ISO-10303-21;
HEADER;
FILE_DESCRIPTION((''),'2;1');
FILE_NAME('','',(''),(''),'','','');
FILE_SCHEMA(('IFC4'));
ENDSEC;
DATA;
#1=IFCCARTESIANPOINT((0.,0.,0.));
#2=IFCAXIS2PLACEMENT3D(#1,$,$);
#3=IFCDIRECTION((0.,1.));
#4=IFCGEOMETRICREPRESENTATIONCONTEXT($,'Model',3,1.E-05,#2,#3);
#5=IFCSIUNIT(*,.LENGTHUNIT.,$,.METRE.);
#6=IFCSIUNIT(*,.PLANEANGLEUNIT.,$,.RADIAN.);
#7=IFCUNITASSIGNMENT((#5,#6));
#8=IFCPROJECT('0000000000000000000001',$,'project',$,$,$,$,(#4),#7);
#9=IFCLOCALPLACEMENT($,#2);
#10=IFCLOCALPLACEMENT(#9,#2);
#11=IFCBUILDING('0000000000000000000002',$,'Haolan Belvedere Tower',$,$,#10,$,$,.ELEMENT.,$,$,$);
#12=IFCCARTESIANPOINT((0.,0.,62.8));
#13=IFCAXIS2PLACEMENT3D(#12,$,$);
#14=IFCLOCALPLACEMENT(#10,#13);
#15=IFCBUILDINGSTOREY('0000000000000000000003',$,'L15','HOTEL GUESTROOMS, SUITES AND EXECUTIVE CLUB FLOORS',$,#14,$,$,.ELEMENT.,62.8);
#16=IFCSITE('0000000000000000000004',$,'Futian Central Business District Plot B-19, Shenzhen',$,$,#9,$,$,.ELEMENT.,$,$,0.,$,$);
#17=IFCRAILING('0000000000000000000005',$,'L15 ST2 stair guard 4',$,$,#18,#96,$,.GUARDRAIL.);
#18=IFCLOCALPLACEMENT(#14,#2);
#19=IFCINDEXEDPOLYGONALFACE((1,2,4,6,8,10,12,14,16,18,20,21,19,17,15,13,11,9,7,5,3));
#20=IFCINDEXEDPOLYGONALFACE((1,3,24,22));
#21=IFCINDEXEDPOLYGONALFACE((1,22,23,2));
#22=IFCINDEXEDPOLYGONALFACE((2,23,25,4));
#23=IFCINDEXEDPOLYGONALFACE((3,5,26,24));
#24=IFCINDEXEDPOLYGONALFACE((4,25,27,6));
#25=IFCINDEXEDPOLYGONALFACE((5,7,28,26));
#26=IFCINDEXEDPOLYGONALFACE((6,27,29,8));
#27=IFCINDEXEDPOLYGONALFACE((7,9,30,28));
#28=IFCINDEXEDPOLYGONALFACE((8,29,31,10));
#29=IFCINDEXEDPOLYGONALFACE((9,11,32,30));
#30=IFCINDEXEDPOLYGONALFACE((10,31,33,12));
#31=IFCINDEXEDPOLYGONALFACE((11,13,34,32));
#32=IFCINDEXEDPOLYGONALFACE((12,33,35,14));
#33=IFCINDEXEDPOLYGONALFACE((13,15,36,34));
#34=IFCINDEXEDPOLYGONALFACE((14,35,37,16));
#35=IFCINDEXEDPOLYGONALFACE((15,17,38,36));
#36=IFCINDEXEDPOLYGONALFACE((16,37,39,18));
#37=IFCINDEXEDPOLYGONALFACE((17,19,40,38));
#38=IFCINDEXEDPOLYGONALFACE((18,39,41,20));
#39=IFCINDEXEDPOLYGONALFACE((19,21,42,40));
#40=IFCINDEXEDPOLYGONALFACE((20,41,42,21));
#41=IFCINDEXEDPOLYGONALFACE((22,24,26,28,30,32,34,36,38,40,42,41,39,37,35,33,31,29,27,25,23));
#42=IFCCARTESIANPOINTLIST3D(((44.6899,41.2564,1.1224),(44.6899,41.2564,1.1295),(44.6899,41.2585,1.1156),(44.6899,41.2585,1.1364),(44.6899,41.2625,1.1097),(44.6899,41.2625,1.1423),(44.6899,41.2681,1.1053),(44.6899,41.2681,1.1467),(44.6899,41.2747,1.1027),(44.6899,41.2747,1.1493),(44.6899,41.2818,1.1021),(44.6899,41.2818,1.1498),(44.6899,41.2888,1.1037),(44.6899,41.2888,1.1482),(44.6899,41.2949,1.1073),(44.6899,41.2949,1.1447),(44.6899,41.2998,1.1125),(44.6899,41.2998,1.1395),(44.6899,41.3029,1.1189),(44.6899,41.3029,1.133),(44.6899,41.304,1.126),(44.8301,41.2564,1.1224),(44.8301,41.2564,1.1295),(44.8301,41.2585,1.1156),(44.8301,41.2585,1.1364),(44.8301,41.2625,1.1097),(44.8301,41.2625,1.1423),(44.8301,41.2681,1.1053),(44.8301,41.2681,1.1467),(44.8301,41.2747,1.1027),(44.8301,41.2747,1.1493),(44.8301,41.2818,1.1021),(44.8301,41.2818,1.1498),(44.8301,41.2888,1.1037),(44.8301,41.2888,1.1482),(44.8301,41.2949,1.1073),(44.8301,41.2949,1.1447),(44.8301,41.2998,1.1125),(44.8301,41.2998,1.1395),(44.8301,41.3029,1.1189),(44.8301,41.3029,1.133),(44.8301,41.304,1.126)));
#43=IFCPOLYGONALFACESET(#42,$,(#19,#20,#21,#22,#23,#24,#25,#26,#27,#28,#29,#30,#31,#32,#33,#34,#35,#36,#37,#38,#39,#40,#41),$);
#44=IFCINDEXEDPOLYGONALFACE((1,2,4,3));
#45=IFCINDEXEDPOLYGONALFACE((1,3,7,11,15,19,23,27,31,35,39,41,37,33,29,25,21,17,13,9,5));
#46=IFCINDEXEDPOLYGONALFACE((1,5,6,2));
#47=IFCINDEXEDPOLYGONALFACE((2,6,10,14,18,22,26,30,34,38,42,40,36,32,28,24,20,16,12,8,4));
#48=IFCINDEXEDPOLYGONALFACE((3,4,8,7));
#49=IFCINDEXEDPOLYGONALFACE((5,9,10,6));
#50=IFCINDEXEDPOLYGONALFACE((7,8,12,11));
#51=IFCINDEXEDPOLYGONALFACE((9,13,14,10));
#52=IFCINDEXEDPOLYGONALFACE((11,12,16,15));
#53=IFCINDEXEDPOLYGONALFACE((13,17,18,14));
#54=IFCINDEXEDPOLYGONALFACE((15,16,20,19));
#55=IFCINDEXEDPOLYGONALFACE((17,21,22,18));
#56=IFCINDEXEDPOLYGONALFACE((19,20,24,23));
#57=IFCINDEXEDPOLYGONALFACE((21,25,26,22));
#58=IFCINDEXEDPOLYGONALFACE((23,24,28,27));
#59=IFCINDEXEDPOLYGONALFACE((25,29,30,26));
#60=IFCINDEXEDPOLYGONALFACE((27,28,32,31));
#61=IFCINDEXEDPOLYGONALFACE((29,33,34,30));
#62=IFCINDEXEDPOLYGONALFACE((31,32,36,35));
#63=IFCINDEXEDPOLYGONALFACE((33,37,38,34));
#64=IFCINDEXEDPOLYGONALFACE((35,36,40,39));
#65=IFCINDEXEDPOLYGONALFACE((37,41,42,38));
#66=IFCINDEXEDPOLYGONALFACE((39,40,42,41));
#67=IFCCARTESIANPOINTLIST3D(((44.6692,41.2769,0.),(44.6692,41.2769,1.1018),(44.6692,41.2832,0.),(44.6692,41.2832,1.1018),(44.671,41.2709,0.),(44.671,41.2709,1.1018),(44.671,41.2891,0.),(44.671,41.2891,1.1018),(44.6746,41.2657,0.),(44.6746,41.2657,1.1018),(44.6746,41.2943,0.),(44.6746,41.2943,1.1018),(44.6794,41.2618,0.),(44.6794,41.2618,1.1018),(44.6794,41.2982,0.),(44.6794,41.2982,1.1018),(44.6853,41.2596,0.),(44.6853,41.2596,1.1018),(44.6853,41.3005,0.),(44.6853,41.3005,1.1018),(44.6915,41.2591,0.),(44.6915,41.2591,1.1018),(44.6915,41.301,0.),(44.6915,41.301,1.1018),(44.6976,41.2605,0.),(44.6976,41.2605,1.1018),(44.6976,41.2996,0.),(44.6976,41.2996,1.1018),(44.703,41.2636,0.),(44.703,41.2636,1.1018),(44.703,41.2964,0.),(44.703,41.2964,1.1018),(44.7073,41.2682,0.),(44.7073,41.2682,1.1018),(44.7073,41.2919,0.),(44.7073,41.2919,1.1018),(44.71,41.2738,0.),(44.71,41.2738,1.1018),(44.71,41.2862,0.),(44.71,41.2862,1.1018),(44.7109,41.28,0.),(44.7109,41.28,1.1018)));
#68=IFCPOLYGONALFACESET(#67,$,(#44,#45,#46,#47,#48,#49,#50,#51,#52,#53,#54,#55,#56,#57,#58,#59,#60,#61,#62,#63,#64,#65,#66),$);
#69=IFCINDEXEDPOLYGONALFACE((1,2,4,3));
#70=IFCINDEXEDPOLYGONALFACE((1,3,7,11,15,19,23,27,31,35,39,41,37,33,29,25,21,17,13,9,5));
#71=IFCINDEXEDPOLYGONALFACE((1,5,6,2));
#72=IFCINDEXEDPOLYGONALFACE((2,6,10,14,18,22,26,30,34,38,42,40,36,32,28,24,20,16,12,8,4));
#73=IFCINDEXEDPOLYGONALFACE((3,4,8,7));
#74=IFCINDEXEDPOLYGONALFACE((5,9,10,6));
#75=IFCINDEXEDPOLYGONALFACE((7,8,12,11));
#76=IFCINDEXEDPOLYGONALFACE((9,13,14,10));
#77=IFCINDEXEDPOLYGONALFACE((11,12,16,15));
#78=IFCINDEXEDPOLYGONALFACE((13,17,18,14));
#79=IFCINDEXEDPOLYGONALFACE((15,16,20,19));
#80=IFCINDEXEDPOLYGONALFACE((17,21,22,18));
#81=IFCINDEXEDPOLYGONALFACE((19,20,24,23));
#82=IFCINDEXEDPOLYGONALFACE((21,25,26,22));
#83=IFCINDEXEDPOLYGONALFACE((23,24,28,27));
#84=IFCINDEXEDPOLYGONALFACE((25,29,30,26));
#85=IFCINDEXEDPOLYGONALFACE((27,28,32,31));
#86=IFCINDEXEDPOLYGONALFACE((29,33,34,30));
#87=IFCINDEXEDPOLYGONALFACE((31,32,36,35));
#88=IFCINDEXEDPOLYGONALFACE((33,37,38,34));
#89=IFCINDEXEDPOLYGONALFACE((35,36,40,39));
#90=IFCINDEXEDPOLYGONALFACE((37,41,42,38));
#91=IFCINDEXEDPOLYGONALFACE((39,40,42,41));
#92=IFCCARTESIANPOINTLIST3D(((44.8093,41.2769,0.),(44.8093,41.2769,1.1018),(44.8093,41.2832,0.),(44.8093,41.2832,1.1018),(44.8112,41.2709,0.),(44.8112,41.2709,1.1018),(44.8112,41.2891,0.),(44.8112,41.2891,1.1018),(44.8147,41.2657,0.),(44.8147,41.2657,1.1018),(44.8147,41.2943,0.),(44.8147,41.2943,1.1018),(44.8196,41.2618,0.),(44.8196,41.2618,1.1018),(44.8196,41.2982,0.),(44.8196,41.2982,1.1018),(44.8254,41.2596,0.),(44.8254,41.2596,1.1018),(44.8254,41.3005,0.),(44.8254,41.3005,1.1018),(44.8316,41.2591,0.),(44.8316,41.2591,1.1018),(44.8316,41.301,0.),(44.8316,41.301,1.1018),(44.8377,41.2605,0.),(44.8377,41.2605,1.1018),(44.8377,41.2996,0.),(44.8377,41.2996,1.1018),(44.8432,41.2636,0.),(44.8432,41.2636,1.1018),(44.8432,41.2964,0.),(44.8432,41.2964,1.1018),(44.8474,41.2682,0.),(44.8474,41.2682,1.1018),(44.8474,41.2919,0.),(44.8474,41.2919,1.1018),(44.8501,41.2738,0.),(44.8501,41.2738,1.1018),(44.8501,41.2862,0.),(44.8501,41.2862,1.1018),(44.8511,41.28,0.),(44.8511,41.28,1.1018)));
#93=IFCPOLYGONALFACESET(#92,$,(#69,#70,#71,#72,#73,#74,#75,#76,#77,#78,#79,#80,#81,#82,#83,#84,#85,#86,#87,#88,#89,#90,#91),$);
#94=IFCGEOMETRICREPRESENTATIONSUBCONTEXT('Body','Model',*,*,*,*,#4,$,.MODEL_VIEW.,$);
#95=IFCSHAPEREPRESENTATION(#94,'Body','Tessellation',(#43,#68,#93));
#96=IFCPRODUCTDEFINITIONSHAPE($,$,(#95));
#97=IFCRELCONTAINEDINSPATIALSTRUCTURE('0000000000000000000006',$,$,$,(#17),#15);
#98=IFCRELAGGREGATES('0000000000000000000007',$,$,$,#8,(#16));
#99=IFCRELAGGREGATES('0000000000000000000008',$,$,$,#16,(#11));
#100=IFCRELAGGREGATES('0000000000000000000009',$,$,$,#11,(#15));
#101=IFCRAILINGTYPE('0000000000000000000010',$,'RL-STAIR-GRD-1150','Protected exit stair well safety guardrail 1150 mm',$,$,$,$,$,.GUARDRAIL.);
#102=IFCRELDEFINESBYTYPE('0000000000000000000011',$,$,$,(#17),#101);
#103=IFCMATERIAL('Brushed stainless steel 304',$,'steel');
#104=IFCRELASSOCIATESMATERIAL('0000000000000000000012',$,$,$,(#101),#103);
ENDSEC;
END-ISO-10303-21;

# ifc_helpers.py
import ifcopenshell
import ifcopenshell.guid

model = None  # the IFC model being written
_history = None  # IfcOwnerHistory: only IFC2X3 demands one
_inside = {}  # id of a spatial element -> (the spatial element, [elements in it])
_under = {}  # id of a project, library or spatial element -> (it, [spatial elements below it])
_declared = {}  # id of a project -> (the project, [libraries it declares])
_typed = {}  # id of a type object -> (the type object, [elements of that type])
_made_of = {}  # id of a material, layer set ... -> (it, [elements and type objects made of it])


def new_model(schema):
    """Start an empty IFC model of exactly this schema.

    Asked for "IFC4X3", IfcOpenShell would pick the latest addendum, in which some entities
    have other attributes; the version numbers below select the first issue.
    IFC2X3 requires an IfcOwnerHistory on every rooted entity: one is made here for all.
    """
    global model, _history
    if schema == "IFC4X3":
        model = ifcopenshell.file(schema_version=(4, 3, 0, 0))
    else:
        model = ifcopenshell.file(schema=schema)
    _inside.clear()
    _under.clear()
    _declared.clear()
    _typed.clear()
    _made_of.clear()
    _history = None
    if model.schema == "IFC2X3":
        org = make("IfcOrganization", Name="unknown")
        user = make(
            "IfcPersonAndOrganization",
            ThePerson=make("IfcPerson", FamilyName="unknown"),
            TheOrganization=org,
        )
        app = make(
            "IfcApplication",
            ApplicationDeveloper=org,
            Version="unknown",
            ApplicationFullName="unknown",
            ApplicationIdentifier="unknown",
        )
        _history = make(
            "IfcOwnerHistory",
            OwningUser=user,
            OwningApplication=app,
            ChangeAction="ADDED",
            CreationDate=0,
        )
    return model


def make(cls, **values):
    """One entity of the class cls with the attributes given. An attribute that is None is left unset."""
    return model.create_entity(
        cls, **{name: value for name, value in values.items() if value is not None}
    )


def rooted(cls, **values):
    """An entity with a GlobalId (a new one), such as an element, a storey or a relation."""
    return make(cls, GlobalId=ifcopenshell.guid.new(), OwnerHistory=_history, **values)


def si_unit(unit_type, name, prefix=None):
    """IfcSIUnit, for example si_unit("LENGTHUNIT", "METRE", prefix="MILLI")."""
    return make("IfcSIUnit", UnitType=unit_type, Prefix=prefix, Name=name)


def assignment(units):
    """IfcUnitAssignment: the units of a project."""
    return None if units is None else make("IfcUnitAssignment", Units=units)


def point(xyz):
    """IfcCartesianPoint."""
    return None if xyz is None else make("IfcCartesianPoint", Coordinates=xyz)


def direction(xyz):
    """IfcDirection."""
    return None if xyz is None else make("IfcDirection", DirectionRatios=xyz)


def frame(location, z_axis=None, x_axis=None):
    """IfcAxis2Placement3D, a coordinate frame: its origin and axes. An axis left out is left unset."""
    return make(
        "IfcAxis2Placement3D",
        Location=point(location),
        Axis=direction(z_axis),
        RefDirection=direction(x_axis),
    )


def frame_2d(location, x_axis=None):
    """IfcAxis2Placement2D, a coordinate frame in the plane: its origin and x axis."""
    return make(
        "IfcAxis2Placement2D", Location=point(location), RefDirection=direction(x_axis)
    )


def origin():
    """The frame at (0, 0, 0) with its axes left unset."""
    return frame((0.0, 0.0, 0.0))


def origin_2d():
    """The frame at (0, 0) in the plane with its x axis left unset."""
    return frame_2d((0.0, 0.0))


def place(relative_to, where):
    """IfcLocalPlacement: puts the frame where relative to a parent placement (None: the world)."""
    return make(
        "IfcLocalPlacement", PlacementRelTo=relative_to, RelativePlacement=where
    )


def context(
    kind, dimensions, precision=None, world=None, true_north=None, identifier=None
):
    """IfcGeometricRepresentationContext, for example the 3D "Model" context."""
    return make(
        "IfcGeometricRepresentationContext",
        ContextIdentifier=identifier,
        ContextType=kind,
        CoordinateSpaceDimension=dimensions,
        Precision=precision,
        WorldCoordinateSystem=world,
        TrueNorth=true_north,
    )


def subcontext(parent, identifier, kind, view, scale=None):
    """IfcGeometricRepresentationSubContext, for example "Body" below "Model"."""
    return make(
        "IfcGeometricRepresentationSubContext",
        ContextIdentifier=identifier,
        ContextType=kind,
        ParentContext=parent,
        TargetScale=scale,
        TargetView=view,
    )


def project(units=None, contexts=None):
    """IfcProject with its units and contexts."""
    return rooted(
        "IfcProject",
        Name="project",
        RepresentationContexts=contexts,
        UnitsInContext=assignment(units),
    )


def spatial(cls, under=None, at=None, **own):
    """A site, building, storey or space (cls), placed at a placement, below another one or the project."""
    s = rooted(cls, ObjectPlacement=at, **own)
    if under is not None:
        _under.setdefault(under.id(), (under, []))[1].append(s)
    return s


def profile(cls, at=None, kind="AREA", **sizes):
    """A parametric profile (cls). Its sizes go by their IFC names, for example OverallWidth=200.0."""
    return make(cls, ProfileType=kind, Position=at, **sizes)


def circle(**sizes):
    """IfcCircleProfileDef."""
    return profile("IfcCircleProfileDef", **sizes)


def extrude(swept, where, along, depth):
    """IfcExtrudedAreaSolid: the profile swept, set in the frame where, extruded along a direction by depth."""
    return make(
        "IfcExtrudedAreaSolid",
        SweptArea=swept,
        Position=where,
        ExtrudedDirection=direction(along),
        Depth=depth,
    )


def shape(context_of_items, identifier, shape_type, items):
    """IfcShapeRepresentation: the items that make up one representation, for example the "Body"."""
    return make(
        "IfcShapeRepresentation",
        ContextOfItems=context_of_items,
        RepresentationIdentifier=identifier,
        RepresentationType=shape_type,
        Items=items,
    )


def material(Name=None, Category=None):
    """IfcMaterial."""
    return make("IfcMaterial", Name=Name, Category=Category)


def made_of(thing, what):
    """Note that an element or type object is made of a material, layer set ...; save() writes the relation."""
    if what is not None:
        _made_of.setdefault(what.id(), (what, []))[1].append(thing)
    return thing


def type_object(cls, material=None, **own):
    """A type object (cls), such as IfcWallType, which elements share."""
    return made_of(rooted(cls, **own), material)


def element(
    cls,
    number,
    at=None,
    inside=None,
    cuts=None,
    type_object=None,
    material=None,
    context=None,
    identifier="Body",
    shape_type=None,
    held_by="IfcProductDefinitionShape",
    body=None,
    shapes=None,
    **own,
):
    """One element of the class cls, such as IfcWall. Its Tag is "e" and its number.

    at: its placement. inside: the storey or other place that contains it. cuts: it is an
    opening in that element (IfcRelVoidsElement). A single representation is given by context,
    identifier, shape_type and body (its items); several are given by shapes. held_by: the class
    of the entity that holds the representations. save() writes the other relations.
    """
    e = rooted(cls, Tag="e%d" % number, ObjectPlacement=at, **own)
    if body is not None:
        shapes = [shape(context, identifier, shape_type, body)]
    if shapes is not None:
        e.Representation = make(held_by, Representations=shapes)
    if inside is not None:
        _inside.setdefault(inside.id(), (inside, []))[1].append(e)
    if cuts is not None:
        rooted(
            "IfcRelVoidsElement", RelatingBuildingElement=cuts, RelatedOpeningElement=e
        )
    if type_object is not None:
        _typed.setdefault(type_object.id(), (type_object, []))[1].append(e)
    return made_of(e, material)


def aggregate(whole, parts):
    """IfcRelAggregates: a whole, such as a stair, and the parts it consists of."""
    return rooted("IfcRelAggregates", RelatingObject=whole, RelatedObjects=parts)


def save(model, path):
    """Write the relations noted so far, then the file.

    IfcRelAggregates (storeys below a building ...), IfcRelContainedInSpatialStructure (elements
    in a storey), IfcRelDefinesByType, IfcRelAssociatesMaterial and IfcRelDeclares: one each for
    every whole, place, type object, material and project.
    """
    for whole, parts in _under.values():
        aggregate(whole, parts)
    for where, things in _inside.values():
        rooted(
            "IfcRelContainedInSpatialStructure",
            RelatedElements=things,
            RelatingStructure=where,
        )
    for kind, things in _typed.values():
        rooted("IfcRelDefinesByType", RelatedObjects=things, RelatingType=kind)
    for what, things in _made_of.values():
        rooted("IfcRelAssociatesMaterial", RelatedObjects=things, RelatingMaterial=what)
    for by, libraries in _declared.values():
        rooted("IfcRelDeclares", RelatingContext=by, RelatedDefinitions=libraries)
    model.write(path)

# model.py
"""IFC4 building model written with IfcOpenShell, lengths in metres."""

from ifc_helpers import new_model, si_unit, direction, frame, origin, origin_2d, place, context, subcontext, project, spatial, circle, extrude, material, type_object, element, save


model = new_model("IFC4")

# Units and contexts
model_context = context("Model", 3, precision=1e-05, world=origin(), true_north=direction((0.0, 1.0)))
body_context = subcontext(model_context, "Body", "Model", "MODEL_VIEW")
ifc_project = project(units=[si_unit("LENGTHUNIT", "METRE"), si_unit("PLANEANGLEUNIT", "RADIAN")], contexts=[model_context])

# Site, building, storey
site_placement = place(None, origin())
site = spatial("IfcSite", under=ifc_project, at=site_placement, Name="Futian Central Business District Plot B-19, Shenzhen", CompositionType="ELEMENT", RefElevation=0.0)
building_placement = place(site_placement, origin())
building = spatial("IfcBuilding", under=site, at=building_placement, Name="Haolan Belvedere Tower", CompositionType="ELEMENT")
storey_placement = place(building_placement, frame((0.0, 0.0, 62.8)))
storey = spatial("IfcBuildingStorey", under=building, at=storey_placement, Name="L15", Description="HOTEL GUESTROOMS, SUITES AND EXECUTIVE CLUB FLOORS", CompositionType="ELEMENT", Elevation=62.8)

# Railing
ifc_material_1 = material(Name="Brushed stainless steel 304", Category="steel")
railing_type_1 = type_object("IfcRailingType", Name="RL-STAIR-GRD-1150", Description="Protected exit stair well safety guardrail 1150 mm", PredefinedType="GUARDRAIL", material=ifc_material_1)
railing_1_placement = place(storey_placement, frame((44.6899, 41.28, 0.0)))
element("IfcRailing", 1, at=railing_1_placement, inside=storey, type_object=railing_type_1, Name="L15 ST2 stair guard 4", PredefinedType="GUARDRAIL", context=body_context, shape_type="SweptSolid", body=[
    extrude(circle(Radius=0.0239, at=origin_2d()), frame((0.0, 0.0, 1.126), z_axis=(1.0, 0.0, 0.0), x_axis=(0.0, 1.0, 0.0)), (0.0, 0.0, 1.0), 0.1401),
    extrude(circle(Radius=0.021, at=origin_2d()), origin(), (0.0, 0.0, 1.0), 1.1018),
    extrude(circle(Radius=0.021, at=origin_2d()), frame((0.1401, 0.0, 0.0)), (0.0, 0.0, 1.0), 1.1018),
])

save(model, "model.ifc")
